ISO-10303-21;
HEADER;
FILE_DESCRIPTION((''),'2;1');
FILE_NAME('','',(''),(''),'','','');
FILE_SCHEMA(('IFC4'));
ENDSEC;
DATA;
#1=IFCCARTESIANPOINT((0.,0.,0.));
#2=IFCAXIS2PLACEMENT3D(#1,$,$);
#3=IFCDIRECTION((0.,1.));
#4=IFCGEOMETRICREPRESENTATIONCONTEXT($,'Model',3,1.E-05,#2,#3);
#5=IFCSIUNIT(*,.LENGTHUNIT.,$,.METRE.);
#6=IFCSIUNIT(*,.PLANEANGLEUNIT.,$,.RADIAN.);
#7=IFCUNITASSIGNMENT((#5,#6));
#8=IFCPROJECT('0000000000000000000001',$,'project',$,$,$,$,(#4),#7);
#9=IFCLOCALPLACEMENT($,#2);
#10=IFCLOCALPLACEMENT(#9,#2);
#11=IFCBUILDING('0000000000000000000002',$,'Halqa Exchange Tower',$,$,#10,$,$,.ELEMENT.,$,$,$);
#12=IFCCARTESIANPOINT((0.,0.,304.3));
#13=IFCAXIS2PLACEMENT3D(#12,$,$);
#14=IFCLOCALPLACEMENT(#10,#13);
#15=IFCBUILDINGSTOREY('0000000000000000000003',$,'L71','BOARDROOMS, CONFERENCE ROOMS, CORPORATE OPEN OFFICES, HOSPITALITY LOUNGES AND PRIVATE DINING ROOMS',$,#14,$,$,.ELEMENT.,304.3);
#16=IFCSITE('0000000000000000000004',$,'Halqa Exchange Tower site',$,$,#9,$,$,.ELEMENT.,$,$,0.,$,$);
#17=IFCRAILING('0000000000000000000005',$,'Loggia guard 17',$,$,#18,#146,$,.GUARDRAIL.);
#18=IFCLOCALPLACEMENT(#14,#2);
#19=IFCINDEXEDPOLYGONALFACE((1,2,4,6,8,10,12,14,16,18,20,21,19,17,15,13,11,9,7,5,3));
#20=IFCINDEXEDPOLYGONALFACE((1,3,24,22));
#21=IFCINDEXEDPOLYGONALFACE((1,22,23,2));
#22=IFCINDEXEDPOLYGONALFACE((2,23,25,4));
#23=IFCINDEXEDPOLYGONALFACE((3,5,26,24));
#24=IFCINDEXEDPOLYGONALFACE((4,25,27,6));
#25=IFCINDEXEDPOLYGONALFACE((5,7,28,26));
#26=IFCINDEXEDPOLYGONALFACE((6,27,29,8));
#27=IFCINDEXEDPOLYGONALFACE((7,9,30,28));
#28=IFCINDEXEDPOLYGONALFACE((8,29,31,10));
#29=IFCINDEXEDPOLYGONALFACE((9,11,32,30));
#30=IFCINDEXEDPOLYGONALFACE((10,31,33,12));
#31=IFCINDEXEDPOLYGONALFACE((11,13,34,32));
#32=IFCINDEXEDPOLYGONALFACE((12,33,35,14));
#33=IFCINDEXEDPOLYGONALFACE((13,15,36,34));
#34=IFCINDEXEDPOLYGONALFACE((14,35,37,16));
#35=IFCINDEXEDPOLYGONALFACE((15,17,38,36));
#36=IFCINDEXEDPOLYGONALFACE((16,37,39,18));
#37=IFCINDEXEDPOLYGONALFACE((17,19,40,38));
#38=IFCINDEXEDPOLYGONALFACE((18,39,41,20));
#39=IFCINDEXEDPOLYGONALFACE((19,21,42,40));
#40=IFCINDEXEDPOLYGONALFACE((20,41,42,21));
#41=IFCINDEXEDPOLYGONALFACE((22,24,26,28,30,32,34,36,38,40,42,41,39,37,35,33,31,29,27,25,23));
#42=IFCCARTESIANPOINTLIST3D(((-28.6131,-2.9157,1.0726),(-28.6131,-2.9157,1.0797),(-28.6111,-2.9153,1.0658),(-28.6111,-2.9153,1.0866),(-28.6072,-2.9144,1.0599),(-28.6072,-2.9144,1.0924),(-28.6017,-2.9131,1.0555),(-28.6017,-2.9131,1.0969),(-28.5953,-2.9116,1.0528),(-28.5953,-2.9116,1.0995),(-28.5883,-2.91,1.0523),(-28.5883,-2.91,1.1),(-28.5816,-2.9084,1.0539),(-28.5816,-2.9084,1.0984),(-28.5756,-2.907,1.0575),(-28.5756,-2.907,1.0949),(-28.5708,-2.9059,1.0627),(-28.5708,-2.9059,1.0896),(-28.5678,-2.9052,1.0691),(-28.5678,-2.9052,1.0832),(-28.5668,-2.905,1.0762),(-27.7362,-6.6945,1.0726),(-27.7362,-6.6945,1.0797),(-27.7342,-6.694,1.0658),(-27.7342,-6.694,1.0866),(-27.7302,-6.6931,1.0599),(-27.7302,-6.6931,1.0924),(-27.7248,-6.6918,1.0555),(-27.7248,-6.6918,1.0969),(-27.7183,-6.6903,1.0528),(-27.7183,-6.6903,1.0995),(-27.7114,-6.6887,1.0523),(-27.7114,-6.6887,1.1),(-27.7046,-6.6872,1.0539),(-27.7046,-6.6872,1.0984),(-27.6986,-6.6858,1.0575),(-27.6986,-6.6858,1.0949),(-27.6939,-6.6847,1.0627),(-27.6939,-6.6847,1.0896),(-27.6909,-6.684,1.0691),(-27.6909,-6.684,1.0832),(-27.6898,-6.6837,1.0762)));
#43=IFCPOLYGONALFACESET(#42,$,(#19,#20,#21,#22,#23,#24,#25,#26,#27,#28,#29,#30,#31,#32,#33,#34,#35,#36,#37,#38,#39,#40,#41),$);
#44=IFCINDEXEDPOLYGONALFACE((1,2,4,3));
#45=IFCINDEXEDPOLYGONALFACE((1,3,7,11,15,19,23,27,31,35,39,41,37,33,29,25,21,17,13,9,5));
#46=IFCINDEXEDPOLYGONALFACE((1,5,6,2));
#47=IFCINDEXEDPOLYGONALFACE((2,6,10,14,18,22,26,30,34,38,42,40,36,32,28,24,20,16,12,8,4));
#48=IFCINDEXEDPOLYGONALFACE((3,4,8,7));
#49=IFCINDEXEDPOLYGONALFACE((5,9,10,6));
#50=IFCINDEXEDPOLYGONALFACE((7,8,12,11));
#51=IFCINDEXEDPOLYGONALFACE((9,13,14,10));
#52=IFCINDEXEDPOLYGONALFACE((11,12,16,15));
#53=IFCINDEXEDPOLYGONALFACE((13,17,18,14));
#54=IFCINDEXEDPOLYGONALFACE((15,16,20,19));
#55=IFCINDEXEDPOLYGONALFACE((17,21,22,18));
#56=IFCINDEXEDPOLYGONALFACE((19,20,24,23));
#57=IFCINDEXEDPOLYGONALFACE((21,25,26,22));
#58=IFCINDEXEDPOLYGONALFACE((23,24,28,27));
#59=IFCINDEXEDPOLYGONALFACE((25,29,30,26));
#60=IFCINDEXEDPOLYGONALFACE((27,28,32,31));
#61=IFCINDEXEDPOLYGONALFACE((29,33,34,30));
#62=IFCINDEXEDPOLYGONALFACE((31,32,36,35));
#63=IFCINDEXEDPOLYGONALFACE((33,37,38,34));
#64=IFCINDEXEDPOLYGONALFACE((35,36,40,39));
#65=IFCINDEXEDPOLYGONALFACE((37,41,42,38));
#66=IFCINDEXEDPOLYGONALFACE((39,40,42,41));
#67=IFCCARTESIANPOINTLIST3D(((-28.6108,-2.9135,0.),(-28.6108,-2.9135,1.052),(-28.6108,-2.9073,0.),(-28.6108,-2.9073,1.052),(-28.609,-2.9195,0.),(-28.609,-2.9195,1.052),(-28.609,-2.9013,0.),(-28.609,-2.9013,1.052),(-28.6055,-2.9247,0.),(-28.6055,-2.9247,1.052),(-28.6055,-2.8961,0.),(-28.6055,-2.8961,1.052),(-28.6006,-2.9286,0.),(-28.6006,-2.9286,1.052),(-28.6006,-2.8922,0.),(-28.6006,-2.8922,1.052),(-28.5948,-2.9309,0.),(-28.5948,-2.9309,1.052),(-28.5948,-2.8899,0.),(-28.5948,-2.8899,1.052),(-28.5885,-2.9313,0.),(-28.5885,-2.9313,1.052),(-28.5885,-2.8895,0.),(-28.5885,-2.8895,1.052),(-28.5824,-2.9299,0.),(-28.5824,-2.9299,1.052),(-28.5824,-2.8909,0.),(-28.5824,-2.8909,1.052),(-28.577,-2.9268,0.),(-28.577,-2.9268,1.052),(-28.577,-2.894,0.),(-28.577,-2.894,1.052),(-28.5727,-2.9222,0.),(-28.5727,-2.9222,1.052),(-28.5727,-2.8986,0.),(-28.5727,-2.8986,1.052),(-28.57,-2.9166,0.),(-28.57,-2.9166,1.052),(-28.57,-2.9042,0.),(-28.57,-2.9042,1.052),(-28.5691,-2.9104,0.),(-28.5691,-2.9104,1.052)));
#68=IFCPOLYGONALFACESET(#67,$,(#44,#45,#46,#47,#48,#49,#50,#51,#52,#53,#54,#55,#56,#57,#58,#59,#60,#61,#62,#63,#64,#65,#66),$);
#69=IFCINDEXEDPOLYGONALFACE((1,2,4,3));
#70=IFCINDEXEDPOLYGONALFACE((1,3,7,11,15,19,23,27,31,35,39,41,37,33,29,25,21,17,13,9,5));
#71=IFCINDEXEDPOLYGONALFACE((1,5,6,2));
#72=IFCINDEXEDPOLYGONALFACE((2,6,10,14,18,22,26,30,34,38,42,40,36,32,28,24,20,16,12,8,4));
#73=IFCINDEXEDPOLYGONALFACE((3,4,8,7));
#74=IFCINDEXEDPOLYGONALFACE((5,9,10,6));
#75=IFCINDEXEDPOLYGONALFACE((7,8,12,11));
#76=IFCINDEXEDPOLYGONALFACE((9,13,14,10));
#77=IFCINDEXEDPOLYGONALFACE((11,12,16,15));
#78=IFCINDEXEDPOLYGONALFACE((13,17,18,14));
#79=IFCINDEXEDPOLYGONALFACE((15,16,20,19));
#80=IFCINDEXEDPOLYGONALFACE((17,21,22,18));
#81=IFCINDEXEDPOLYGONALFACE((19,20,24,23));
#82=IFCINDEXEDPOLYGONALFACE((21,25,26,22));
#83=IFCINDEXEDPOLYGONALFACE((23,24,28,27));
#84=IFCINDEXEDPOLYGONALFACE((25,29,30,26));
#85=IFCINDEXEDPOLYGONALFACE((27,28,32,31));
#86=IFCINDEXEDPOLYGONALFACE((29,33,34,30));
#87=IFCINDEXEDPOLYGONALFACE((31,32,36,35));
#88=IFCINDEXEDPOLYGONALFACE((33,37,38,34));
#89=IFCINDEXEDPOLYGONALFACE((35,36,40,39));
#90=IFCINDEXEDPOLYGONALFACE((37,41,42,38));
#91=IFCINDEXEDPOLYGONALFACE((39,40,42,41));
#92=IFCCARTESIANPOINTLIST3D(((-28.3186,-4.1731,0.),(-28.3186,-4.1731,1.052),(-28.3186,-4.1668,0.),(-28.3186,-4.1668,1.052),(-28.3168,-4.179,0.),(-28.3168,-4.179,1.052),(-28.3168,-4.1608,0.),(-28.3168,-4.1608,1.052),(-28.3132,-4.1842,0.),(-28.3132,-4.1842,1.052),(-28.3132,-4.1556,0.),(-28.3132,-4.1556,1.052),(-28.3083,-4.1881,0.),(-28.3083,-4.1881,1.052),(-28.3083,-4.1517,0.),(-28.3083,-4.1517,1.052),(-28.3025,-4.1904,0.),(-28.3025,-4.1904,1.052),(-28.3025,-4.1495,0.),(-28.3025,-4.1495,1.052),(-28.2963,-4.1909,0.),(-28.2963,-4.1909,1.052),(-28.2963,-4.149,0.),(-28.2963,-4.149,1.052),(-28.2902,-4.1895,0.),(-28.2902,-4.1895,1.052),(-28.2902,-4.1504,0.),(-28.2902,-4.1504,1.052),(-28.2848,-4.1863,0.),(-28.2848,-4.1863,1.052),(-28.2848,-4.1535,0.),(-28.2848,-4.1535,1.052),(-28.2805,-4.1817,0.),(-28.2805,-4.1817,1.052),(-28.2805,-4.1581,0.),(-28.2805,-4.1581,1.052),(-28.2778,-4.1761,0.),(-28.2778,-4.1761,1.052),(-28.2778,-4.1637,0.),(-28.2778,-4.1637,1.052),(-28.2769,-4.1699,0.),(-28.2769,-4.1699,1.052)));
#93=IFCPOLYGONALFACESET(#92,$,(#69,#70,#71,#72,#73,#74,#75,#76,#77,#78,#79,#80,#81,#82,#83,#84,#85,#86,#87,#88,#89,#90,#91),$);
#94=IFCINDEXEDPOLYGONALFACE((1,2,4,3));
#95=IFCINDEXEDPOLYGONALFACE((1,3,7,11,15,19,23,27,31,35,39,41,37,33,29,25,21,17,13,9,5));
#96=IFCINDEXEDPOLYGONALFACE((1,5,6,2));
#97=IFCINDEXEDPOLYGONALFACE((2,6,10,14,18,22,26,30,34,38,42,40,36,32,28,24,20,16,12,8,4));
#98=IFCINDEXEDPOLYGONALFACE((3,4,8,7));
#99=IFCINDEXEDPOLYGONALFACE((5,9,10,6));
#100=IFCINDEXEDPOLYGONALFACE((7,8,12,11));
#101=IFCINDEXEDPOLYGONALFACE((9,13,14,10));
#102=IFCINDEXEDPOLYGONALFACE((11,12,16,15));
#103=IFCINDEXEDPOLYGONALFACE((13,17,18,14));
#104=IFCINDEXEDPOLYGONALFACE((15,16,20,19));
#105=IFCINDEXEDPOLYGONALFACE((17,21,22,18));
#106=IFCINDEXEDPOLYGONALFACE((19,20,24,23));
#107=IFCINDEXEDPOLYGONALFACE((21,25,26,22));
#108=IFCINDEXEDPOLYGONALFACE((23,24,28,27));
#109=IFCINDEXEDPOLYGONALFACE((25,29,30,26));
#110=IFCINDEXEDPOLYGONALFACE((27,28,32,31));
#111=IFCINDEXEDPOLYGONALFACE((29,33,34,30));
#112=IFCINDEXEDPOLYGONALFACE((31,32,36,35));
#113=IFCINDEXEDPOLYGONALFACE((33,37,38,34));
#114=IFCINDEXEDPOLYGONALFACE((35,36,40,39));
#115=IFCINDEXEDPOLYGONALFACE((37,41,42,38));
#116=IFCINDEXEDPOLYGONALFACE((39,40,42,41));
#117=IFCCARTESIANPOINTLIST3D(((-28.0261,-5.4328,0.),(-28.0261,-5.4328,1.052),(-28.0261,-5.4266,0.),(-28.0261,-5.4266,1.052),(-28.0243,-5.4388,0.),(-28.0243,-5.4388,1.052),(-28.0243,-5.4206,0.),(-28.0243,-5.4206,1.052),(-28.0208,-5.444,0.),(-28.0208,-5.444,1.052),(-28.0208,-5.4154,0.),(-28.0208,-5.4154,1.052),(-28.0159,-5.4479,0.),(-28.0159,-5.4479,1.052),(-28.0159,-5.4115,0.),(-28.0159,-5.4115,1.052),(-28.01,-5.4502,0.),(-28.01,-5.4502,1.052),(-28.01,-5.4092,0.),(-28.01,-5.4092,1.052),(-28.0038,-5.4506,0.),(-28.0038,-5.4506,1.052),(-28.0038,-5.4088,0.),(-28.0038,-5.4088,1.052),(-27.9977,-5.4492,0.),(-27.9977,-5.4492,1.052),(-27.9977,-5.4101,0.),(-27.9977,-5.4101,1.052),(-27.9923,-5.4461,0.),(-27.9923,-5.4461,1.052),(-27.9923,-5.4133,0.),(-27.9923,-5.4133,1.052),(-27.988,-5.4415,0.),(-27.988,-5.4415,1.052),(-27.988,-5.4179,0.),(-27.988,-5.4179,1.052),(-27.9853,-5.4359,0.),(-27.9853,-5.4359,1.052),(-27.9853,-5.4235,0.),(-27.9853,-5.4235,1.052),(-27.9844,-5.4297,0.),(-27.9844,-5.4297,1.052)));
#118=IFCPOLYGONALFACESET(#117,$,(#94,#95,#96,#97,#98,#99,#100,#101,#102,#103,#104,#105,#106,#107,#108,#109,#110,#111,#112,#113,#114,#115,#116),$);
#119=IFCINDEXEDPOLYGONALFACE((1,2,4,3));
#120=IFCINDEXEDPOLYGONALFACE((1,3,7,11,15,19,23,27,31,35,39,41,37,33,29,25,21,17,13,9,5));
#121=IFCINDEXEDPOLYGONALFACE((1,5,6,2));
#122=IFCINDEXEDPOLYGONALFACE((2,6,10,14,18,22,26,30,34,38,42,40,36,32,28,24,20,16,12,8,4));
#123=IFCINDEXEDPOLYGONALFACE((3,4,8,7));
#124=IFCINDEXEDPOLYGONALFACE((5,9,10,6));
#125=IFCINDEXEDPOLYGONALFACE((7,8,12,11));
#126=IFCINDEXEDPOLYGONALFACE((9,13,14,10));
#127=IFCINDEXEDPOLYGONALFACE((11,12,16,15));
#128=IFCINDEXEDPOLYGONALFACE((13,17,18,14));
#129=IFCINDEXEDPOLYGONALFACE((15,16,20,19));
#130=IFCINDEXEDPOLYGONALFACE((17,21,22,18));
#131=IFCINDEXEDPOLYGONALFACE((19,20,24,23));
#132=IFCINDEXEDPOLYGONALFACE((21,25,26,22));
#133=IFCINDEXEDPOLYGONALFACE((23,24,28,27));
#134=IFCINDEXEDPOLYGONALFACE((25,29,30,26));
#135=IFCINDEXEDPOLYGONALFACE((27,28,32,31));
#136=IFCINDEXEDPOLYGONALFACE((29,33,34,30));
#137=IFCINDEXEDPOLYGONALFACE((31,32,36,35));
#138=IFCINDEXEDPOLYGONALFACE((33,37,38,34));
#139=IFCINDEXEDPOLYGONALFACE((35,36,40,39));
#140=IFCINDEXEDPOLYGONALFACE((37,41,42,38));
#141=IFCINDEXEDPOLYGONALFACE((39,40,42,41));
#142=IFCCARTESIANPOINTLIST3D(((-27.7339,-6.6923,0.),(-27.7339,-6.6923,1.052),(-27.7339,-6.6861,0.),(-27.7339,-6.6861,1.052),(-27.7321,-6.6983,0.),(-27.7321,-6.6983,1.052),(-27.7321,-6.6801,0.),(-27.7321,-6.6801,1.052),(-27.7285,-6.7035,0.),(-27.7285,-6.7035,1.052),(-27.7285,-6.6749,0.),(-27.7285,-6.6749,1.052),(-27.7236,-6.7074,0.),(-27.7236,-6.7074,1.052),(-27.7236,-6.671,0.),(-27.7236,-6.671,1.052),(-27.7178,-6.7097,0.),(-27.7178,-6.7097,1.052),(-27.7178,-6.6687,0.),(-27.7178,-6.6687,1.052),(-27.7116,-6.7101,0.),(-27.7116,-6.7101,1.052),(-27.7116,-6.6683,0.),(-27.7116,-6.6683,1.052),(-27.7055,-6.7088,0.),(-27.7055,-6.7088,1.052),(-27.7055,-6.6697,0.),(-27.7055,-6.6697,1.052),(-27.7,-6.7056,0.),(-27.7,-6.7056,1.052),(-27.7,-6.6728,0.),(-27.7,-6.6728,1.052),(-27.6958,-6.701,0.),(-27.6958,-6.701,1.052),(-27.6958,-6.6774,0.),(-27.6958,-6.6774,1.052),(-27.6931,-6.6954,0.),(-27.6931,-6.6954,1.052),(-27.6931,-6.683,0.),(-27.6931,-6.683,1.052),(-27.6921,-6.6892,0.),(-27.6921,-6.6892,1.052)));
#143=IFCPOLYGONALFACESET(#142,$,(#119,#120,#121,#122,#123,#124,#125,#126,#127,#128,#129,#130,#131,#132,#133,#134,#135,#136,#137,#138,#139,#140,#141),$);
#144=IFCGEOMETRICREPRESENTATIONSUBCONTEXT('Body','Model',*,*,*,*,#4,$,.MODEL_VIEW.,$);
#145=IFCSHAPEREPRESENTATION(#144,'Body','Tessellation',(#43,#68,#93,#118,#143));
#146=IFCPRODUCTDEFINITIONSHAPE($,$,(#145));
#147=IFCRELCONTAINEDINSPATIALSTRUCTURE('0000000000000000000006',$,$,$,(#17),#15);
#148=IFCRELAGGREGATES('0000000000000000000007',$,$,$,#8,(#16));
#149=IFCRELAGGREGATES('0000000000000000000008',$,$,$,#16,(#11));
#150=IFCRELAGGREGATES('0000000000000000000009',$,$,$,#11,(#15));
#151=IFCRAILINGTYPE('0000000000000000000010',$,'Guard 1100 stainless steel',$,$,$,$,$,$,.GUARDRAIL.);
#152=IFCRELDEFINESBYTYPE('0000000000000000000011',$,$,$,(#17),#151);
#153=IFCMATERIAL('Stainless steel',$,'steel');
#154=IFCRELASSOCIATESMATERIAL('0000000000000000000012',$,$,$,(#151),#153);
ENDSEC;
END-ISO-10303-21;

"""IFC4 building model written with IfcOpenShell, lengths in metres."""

from ifc_helpers import new_model, si_unit, direction, frame, origin, origin_2d, place, context, subcontext, project, spatial, circle, extrude, material, type_object, element, save


model = new_model("IFC4")

# Units and contexts
model_context = context("Model", 3, precision=1e-05, world=origin(), true_north=direction((0.0, 1.0)))
body_context = subcontext(model_context, "Body", "Model", "MODEL_VIEW")
ifc_project = project(units=[si_unit("LENGTHUNIT", "METRE"), si_unit("PLANEANGLEUNIT", "RADIAN")], contexts=[model_context])

# Site, building, storey
site_placement = place(None, origin())
site = spatial("IfcSite", under=ifc_project, at=site_placement, Name="Halqa Exchange Tower site", CompositionType="ELEMENT", RefElevation=0.0)
building_placement = place(site_placement, origin())
building = spatial("IfcBuilding", under=site, at=building_placement, Name="Halqa Exchange Tower", CompositionType="ELEMENT")
storey_placement = place(building_placement, frame((0.0, 0.0, 304.3)))
storey = spatial("IfcBuildingStorey", under=building, at=storey_placement, Name="L71", Description="BOARDROOMS, CONFERENCE ROOMS, CORPORATE OPEN OFFICES, HOSPITALITY LOUNGES AND PRIVATE DINING ROOMS", CompositionType="ELEMENT", Elevation=304.3)

# Railing
ifc_material_1 = material(Name="Stainless steel", Category="steel")
railing_type = type_object("IfcRailingType", Name="Guard 1100 stainless steel", PredefinedType="GUARDRAIL", material=ifc_material_1)
railing_1_placement = place(storey_placement, frame((-28.5901, -2.9104, 0.0)))
element("IfcRailing", 1, at=railing_1_placement, inside=storey, type_object=railing_type, Name="Loggia guard 17", PredefinedType="GUARDRAIL", context=body_context, shape_type="SweptSolid", body=[
    extrude(circle(Radius=0.0239, at=origin_2d()), frame((0.0, 0.0, 1.0762), z_axis=(0.226064, -0.974113, 0.0), x_axis=(0.974113, 0.226064, 0.0)), (0.0, 0.0, 1.0), 3.8792),
    extrude(circle(Radius=0.021, at=origin_2d()), origin(), (0.0, 0.0, 1.0), 1.052),
    extrude(circle(Radius=0.021, at=origin_2d()), frame((0.2922, -1.2595, 0.0)), (0.0, 0.0, 1.0), 1.052),
    extrude(circle(Radius=0.021, at=origin_2d()), frame((0.5847, -2.5193, 0.0)), (0.0, 0.0, 1.0), 1.052),
    extrude(circle(Radius=0.021, at=origin_2d()), frame((0.877, -3.7788, 0.0)), (0.0, 0.0, 1.0), 1.052),
])

save(model, "model.ifc")
